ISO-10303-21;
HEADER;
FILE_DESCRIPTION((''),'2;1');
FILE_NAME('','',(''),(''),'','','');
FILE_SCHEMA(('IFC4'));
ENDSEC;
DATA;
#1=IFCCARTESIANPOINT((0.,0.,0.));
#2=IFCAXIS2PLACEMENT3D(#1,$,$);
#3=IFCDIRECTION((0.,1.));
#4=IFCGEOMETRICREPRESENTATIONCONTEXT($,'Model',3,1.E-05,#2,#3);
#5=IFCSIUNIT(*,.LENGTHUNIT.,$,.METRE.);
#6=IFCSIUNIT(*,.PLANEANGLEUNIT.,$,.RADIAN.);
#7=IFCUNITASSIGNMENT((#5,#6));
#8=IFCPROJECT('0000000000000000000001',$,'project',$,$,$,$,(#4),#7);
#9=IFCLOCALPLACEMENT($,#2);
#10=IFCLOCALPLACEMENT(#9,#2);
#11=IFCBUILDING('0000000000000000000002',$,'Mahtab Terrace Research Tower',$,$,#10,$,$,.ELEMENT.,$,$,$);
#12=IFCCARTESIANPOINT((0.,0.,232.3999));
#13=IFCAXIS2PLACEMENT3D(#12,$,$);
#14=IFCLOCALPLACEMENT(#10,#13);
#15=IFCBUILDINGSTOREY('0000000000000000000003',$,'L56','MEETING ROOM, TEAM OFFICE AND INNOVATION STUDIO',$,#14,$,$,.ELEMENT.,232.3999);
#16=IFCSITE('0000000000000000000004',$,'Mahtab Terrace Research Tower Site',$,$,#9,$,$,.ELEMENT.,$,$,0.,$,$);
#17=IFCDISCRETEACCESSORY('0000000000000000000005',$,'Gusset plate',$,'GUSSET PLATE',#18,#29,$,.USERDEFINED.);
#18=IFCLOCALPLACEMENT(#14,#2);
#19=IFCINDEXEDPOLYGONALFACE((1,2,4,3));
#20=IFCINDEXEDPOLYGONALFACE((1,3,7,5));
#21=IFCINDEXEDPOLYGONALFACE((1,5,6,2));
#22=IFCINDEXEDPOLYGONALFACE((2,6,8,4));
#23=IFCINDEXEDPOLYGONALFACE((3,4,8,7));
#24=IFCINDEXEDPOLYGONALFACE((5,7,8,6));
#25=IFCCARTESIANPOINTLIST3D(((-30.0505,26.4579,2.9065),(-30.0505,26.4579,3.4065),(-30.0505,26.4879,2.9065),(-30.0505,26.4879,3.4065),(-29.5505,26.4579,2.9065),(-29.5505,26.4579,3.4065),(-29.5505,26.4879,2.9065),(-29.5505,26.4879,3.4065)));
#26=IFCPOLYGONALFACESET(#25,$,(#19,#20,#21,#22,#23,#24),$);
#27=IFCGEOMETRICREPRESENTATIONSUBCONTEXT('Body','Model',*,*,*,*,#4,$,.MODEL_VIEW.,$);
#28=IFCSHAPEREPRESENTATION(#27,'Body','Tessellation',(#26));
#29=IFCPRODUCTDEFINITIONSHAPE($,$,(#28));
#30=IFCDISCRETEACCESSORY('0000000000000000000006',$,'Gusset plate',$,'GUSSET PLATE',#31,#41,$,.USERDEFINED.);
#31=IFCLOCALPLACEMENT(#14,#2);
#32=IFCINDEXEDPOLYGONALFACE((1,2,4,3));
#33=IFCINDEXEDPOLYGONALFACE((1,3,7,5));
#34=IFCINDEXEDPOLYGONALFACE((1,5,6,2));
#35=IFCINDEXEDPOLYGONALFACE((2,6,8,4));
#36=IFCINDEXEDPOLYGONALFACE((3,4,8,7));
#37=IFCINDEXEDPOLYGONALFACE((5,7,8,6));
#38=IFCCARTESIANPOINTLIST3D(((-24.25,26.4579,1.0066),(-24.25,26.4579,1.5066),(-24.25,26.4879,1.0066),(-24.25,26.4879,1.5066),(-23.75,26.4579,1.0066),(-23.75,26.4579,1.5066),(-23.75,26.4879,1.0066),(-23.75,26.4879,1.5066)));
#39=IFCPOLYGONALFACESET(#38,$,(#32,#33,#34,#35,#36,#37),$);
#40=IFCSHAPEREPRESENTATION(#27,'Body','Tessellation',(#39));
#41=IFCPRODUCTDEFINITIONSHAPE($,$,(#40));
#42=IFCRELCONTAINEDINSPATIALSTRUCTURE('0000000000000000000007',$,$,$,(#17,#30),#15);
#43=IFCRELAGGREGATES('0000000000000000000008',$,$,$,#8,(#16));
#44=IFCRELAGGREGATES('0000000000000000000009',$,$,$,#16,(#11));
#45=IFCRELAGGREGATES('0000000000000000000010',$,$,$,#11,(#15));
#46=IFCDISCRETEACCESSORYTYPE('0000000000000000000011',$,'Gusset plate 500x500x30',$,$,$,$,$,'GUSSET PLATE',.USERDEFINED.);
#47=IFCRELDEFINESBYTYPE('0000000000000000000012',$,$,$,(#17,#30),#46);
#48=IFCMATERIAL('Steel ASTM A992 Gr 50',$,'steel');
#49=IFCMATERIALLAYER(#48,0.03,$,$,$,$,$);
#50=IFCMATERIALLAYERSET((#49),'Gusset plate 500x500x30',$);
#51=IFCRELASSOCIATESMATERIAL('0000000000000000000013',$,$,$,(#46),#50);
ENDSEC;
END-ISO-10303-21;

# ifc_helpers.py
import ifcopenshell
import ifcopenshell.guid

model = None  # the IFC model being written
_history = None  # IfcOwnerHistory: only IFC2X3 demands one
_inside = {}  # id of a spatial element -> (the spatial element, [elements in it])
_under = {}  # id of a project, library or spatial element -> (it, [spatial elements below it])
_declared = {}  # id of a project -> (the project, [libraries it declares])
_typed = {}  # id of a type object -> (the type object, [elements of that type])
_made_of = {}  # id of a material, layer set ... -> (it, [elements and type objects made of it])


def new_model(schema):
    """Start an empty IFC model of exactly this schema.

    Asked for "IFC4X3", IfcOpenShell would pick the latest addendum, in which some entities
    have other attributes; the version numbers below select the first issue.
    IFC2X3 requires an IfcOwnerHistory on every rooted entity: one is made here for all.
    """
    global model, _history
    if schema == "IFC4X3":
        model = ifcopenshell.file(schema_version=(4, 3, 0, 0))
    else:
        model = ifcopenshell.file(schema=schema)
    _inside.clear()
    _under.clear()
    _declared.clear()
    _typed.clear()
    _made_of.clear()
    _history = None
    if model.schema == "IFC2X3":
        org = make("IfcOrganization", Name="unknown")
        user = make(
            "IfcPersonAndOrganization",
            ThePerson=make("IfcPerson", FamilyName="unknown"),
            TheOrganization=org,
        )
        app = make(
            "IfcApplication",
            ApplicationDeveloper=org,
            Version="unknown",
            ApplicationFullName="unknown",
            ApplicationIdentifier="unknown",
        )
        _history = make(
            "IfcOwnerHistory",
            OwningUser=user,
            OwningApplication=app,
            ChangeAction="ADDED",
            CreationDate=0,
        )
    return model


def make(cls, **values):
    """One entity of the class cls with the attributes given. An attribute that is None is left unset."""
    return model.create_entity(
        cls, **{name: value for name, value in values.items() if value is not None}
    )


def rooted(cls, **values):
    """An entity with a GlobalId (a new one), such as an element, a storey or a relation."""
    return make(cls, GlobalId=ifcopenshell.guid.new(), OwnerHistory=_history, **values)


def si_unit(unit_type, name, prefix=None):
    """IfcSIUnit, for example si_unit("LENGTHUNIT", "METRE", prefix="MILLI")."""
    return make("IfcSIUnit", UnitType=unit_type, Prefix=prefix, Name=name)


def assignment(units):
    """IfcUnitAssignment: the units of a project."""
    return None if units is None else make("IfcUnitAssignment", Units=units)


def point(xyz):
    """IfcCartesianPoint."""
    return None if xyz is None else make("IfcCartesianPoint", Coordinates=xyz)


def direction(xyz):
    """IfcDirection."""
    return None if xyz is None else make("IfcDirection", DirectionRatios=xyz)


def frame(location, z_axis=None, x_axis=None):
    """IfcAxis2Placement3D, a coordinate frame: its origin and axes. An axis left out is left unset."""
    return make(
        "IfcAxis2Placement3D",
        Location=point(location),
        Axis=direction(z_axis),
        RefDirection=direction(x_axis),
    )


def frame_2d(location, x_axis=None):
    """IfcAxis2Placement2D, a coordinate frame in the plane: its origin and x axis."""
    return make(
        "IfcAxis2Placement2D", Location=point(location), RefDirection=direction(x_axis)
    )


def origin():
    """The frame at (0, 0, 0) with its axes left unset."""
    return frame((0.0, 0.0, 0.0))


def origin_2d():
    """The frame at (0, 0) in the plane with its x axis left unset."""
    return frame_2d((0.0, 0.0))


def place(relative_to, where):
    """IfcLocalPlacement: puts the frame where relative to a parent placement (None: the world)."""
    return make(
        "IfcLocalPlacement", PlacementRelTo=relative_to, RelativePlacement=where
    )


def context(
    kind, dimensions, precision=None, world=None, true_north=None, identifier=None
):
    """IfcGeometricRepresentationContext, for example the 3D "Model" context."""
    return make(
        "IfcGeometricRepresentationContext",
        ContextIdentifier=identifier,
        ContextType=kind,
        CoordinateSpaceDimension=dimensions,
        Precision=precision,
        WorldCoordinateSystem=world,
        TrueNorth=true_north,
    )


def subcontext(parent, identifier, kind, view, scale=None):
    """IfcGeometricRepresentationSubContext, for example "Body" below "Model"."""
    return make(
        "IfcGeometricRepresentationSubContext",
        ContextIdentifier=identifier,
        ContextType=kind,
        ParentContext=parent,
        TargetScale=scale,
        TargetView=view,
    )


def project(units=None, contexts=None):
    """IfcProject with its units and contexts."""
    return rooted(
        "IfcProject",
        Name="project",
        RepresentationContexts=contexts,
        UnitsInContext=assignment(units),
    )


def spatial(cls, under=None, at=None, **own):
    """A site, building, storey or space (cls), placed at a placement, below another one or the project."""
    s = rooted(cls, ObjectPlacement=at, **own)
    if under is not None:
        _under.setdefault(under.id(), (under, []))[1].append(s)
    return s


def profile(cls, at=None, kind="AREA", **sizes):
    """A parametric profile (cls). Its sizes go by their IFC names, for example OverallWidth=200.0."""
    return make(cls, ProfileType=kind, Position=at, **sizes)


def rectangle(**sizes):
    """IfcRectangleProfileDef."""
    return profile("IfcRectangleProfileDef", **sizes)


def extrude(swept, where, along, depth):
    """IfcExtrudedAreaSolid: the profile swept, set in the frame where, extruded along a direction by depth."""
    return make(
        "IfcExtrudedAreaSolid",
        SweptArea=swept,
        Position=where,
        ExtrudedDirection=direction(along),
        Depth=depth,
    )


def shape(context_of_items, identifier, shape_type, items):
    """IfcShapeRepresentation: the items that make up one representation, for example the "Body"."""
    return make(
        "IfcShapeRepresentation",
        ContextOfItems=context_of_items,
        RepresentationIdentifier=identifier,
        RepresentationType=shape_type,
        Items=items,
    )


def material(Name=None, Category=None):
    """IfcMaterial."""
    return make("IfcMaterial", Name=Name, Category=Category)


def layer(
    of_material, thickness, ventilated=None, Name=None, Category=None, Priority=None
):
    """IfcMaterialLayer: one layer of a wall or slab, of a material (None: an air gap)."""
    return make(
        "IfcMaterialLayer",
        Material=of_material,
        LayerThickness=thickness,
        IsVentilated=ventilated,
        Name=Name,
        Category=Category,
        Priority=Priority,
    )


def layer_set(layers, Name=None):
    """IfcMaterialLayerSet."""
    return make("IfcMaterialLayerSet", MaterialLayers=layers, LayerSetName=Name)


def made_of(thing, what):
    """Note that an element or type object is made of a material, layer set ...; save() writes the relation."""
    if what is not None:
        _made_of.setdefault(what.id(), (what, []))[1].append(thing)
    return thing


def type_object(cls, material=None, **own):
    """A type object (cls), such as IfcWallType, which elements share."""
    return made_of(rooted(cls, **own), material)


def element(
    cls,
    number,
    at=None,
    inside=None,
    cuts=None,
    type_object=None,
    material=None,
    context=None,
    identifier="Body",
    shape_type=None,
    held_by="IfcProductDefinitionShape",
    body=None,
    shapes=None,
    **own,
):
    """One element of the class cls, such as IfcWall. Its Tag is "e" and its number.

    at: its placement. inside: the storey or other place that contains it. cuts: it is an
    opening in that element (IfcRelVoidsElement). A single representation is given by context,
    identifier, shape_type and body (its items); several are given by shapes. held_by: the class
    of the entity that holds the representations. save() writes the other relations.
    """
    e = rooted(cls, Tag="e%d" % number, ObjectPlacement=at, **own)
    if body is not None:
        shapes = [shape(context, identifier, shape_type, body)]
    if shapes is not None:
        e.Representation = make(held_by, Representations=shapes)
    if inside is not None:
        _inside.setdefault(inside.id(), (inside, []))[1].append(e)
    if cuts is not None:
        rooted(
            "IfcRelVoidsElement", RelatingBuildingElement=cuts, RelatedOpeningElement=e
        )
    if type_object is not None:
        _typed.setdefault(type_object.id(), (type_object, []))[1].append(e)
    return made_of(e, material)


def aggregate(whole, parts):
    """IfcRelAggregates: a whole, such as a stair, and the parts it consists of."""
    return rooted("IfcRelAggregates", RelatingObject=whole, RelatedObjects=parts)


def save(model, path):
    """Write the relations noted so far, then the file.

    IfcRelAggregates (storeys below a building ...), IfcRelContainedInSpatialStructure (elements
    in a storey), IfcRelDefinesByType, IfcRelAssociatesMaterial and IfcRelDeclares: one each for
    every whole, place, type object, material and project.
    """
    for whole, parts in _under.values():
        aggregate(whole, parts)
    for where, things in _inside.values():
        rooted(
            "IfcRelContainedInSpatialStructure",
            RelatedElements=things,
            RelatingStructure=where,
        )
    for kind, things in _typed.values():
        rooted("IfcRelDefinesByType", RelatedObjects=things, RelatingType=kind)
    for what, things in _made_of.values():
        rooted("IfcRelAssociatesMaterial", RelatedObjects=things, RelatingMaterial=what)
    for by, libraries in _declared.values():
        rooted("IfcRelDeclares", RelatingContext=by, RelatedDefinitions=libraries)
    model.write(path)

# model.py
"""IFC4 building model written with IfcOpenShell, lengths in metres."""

from ifc_helpers import new_model, si_unit, direction, frame, origin, origin_2d, place, context, subcontext, project, spatial, rectangle, extrude, material, layer, layer_set, type_object, element, save


model = new_model("IFC4")

# Units and contexts
model_context = context("Model", 3, precision=1e-05, world=origin(), true_north=direction((0.0, 1.0)))
body_context = subcontext(model_context, "Body", "Model", "MODEL_VIEW")
ifc_project = project(units=[si_unit("LENGTHUNIT", "METRE"), si_unit("PLANEANGLEUNIT", "RADIAN")], contexts=[model_context])

# Site, building, storey
site_placement = place(None, origin())
site = spatial("IfcSite", under=ifc_project, at=site_placement, Name="Mahtab Terrace Research Tower Site", CompositionType="ELEMENT", RefElevation=0.0)
building_placement = place(site_placement, origin())
building = spatial("IfcBuilding", under=site, at=building_placement, Name="Mahtab Terrace Research Tower", CompositionType="ELEMENT")
storey_placement = place(building_placement, frame((0.0, 0.0, 232.3999)))
storey = spatial("IfcBuildingStorey", under=building, at=storey_placement, Name="L56", Description="MEETING ROOM, TEAM OFFICE AND INNOVATION STUDIO", CompositionType="ELEMENT", Elevation=232.3999)

# Shared definitions
ifc_material_1 = material(Name="Steel ASTM A992 Gr 50", Category="steel")

# Discrete accessories
ifc_layer_1 = layer(ifc_material_1, 0.03)
ifc_layer_set_1 = layer_set([ifc_layer_1], Name="Gusset plate 500x500x30")
discrete_accessory_type = type_object("IfcDiscreteAccessoryType", Name="Gusset plate 500x500x30", ElementType="GUSSET PLATE", PredefinedType="USERDEFINED", material=ifc_layer_set_1)
for number, where, z_axis, x_axis, name in (
    (1, (-29.8005, 26.4729, 2.9065), (0.0, 0.0, 1.0), (1.0, 0.0, 0.0), "Gusset plate"),
    (2, (-24.0, 26.4729, 1.0066), (0.0, 0.0, 1.0), (1.0, 0.0, 0.0), "Gusset plate"),
):
    element("IfcDiscreteAccessory", number, at=place(storey_placement, frame(where, z_axis=z_axis, x_axis=x_axis)), inside=storey, type_object=discrete_accessory_type, Name=name, ObjectType="GUSSET PLATE", PredefinedType="USERDEFINED", context=body_context, shape_type="SweptSolid", body=[
        extrude(rectangle(XDim=0.5, YDim=0.03, at=origin_2d()), origin(), (0.0, 0.0, 1.0), 0.5),
    ])

save(model, "model.ifc")
